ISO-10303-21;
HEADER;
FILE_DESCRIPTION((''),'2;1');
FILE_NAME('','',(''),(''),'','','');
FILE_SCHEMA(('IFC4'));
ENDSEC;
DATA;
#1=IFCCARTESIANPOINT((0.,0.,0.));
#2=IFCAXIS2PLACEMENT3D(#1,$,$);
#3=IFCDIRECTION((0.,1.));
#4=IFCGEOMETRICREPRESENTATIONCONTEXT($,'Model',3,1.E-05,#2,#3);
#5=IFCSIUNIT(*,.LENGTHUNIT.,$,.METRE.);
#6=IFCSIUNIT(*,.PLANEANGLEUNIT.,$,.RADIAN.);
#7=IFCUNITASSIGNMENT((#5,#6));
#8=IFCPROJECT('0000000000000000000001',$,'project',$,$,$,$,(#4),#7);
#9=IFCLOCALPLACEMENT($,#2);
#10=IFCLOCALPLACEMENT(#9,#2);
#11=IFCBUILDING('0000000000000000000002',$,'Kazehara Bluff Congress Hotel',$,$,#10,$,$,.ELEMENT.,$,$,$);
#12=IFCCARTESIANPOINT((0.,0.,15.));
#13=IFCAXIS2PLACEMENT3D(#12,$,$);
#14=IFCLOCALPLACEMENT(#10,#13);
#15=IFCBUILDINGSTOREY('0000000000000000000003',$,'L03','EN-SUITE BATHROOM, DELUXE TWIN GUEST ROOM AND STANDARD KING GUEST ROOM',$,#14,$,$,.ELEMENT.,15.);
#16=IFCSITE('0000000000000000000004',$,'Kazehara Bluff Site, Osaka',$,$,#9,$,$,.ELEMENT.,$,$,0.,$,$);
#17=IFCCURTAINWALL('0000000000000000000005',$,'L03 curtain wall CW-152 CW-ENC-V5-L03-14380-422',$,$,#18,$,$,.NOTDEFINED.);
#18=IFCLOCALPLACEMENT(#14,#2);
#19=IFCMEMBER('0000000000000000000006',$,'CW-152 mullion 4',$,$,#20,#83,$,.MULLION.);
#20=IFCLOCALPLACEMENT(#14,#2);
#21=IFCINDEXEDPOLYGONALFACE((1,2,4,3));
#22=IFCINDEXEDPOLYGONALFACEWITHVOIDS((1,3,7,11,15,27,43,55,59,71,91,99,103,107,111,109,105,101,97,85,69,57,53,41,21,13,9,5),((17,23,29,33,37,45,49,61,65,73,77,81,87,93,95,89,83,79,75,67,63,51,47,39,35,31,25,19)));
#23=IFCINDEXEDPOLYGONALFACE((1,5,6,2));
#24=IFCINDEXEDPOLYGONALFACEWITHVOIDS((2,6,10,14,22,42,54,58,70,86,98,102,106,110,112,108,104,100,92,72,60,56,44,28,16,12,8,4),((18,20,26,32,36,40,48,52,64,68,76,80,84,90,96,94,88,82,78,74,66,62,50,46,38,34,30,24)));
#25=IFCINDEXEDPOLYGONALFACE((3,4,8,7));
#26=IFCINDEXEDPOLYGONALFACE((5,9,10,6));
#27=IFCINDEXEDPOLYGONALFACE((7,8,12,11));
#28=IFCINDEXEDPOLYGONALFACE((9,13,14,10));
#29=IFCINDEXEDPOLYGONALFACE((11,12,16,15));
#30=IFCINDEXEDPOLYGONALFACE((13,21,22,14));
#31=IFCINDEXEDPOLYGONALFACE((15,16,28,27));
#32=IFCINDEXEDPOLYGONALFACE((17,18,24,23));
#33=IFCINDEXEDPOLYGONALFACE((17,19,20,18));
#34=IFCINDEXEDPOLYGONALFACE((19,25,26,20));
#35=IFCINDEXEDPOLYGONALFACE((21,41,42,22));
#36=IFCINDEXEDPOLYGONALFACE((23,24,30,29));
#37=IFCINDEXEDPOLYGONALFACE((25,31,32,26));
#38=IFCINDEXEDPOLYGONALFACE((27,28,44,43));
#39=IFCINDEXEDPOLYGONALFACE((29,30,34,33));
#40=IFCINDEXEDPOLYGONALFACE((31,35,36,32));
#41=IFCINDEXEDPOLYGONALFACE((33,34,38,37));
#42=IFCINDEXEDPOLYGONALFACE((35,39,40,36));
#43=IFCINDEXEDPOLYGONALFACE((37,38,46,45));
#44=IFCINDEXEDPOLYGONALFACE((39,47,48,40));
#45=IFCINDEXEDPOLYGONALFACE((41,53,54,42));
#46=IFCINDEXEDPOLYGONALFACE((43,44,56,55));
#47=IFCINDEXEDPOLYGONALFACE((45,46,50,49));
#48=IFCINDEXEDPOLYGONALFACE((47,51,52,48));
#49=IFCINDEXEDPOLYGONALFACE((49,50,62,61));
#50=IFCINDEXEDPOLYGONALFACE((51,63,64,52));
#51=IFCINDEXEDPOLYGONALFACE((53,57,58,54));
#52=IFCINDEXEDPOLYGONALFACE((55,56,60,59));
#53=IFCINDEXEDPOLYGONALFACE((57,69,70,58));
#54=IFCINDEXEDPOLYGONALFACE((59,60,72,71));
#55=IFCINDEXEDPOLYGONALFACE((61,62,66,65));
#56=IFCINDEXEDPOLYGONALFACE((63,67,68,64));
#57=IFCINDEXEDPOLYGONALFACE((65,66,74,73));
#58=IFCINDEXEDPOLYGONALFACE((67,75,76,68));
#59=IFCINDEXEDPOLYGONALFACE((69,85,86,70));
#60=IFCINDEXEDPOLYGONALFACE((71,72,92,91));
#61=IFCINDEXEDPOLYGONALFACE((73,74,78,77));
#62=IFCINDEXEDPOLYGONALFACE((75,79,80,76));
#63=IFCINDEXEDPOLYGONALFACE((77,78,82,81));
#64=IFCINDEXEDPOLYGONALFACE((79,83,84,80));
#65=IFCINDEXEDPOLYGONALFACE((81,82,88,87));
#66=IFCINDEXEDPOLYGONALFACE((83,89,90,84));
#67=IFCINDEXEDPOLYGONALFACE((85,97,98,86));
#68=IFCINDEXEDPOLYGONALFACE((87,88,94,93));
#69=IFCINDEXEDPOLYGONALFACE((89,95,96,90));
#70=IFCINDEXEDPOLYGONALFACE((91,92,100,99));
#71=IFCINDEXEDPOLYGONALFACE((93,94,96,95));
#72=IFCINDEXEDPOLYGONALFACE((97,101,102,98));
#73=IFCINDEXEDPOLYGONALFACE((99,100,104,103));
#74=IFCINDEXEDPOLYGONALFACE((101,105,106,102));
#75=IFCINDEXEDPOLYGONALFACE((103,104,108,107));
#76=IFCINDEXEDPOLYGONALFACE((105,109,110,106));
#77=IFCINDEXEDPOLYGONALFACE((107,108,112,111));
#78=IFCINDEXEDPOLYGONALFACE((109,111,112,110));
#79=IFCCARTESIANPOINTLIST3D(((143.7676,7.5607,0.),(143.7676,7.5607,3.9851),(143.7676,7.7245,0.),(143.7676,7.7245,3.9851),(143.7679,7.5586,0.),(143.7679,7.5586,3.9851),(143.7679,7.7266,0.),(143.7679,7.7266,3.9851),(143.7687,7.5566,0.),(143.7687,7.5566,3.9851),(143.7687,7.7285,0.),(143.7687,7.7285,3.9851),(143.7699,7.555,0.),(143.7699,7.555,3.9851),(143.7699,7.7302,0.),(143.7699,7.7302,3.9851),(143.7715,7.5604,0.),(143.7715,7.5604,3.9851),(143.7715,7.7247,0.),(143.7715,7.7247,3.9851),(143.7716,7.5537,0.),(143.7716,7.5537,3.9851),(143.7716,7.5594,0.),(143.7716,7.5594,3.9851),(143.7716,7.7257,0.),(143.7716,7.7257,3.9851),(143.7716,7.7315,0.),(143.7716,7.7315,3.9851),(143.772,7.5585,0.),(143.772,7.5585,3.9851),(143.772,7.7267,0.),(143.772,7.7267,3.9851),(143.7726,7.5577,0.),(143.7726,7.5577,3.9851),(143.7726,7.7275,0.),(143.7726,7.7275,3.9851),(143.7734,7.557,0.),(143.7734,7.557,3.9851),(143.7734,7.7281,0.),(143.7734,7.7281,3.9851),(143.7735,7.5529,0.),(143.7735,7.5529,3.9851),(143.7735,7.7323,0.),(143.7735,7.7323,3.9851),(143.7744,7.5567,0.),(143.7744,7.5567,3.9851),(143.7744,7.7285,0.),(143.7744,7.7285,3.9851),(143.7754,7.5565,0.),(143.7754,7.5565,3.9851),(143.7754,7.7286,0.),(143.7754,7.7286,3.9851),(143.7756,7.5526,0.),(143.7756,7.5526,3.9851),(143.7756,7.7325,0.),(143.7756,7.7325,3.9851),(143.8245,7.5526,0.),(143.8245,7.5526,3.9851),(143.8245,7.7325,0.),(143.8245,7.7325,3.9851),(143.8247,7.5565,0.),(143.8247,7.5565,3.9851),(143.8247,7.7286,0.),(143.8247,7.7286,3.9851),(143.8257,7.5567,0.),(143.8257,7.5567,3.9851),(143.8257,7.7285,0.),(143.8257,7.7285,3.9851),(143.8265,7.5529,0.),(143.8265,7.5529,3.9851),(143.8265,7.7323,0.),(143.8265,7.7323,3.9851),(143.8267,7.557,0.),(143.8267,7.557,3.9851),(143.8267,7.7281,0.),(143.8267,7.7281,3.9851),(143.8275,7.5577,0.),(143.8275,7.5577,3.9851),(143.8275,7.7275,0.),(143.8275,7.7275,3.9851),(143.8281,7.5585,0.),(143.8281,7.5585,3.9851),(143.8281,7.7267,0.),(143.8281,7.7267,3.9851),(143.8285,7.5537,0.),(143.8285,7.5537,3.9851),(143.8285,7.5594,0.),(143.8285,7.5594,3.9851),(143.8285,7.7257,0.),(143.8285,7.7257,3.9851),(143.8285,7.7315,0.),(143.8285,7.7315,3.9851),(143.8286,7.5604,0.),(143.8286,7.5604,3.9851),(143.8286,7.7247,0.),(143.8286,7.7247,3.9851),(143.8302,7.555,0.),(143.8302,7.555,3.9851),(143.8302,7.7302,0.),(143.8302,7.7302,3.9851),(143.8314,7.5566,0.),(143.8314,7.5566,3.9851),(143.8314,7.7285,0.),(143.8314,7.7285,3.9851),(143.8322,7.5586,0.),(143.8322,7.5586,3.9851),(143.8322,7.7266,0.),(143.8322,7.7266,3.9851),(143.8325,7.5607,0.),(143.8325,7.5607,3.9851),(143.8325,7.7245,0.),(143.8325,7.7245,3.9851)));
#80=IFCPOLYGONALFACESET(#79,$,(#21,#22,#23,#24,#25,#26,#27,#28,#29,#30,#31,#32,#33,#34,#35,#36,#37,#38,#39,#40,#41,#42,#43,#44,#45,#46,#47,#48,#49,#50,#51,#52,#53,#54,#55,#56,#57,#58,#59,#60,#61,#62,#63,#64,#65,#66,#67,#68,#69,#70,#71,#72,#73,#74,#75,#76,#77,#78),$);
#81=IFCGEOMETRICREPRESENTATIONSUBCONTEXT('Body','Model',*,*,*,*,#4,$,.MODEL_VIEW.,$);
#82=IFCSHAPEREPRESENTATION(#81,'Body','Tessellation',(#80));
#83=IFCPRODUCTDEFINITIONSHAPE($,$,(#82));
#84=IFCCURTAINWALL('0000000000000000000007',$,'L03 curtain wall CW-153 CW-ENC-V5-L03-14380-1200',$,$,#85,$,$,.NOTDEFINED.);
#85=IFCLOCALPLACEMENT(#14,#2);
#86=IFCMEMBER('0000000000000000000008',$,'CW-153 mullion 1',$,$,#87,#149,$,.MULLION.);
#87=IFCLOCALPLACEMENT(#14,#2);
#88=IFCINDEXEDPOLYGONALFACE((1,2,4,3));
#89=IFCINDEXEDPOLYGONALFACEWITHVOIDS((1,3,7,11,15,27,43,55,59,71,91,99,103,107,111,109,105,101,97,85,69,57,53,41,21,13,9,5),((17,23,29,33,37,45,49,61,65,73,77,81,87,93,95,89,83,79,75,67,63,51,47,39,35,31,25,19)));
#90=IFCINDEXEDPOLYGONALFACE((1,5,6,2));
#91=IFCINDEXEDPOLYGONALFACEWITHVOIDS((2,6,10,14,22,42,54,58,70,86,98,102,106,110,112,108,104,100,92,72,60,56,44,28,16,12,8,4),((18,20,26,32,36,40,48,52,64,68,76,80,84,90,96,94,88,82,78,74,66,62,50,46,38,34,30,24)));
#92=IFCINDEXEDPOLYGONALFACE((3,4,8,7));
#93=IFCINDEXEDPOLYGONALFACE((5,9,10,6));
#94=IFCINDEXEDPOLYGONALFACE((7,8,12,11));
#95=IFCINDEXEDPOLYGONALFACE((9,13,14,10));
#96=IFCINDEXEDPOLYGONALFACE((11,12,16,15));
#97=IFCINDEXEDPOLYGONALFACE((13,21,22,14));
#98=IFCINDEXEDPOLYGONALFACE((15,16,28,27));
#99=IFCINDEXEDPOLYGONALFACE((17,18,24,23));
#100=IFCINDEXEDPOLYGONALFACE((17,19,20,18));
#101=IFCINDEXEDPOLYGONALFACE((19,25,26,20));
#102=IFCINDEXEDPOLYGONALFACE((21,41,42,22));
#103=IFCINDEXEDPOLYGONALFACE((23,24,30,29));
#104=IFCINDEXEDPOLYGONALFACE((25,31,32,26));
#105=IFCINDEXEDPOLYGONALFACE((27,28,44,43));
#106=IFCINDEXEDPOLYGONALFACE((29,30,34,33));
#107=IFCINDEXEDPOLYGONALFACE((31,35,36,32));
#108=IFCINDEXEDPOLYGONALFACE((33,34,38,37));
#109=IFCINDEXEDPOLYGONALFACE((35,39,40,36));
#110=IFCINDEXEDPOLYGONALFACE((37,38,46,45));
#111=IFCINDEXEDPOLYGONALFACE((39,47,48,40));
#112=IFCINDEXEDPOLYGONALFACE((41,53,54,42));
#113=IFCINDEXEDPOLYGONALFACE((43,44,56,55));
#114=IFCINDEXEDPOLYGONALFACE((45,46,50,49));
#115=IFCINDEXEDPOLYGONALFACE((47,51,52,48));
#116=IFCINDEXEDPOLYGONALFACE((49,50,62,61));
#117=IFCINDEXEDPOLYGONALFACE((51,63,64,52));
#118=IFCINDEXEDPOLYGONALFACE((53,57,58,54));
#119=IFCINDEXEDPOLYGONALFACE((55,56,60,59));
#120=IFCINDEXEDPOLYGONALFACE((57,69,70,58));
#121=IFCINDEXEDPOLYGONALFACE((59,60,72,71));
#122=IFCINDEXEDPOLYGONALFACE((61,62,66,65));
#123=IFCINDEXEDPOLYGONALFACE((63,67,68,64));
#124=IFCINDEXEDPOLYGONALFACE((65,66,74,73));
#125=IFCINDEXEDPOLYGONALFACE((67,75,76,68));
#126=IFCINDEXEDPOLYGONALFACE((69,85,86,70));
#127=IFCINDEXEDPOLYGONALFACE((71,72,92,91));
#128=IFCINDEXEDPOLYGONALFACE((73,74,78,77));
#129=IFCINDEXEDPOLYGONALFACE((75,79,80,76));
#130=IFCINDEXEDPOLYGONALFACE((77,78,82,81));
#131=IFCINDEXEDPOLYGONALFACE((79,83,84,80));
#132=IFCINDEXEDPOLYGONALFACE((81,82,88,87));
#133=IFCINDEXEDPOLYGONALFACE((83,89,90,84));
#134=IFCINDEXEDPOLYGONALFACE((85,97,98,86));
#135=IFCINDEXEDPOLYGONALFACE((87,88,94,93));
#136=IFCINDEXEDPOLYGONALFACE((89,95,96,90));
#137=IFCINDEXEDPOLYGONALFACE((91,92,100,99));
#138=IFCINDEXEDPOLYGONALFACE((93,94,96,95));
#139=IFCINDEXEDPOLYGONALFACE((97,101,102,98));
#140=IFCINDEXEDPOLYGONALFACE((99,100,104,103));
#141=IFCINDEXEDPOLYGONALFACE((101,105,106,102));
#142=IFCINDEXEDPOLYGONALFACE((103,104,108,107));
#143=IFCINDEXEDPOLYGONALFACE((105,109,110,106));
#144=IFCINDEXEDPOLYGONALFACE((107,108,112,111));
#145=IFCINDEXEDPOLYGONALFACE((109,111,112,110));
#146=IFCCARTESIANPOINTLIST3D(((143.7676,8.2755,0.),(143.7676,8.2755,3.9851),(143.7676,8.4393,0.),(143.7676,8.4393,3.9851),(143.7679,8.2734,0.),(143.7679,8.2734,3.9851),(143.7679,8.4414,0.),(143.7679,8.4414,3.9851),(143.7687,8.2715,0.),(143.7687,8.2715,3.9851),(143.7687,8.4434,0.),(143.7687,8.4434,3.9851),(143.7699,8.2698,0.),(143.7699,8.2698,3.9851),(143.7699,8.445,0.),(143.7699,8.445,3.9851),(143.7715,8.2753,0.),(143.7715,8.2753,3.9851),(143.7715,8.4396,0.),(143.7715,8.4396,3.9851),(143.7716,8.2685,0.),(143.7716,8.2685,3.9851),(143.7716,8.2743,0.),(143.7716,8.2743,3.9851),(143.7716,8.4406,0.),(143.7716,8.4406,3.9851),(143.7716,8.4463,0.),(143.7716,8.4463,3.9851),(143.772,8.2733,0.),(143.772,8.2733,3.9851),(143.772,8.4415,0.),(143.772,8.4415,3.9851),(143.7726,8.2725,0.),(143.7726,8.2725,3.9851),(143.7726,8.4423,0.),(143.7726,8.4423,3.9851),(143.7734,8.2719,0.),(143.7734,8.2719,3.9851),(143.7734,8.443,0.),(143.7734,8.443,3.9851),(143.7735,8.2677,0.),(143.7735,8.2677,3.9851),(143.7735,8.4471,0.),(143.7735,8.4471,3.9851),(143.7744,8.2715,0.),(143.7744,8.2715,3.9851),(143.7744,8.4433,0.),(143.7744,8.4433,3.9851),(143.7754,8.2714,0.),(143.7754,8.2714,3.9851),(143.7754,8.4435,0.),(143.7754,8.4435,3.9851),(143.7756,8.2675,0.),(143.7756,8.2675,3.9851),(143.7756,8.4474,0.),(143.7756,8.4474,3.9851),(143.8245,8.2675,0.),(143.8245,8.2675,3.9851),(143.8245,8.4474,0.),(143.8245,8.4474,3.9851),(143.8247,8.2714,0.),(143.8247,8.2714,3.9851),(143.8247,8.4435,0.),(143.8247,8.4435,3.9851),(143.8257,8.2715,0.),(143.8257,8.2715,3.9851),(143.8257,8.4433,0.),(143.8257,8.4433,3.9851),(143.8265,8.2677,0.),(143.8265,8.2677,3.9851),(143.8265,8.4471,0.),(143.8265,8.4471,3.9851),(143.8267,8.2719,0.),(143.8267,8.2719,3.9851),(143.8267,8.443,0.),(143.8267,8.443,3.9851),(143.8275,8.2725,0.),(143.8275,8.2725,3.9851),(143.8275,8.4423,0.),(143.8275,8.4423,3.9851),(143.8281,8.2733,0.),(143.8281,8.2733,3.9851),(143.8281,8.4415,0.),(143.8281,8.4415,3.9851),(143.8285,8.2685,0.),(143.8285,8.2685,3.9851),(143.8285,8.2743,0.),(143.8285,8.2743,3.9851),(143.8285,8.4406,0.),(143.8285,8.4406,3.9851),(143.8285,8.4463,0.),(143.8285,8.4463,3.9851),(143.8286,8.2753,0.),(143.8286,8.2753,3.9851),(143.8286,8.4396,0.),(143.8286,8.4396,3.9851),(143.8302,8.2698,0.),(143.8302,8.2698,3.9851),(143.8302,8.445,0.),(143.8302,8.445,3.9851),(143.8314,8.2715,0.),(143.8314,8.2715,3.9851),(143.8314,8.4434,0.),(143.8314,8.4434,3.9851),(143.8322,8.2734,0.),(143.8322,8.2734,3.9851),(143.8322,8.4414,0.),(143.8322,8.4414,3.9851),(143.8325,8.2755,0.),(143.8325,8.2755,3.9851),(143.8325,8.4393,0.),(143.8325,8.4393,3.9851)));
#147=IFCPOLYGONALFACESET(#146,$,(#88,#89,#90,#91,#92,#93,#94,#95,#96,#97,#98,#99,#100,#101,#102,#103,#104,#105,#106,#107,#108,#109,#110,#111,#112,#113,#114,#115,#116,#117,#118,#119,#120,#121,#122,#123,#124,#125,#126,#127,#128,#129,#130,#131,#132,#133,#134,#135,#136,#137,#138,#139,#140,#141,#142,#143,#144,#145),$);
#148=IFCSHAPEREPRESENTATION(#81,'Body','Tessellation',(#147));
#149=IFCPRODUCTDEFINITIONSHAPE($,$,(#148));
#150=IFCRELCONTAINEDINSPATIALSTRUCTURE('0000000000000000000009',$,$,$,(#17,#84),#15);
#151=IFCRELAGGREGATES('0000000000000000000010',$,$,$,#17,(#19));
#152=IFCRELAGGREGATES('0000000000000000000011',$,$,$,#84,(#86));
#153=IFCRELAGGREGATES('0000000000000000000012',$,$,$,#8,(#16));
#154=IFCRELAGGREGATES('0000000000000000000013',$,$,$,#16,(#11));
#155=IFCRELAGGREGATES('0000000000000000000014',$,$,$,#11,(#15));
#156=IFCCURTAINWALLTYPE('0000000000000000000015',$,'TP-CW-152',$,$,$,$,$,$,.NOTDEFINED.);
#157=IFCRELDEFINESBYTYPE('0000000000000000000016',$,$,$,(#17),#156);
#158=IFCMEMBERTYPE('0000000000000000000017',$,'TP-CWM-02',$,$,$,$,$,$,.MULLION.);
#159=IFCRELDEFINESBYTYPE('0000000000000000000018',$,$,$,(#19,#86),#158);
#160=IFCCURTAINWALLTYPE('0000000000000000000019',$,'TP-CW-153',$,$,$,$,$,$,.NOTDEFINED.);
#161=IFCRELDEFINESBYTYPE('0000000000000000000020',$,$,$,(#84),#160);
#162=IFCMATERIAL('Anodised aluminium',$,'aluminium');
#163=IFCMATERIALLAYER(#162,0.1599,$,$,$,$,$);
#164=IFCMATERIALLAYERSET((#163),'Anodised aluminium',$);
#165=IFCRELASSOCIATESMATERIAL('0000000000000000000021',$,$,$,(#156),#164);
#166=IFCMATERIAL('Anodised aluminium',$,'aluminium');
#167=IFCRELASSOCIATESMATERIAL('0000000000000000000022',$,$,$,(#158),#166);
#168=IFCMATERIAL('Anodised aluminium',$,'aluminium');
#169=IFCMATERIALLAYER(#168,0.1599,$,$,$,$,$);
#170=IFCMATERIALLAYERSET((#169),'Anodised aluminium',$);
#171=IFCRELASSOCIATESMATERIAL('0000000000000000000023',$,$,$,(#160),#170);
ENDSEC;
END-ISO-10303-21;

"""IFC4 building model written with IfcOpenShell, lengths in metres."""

from ifc_helpers import new_model, si_unit, direction, frame, origin, origin_2d, place, context, subcontext, project, spatial, hollow_rectangle, extrude, material, layer, layer_set, material_profile, profile_set, type_object, element, aggregate, save


model = new_model("IFC4")

# Units and contexts
model_context = context("Model", 3, precision=1e-05, world=origin(), true_north=direction((0.0, 1.0)))
body_context = subcontext(model_context, "Body", "Model", "MODEL_VIEW")
ifc_project = project(units=[si_unit("LENGTHUNIT", "METRE"), si_unit("PLANEANGLEUNIT", "RADIAN")], contexts=[model_context])

# Site, building, storey
site_placement = place(None, origin())
site = spatial("IfcSite", under=ifc_project, at=site_placement, Name="Kazehara Bluff Site, Osaka", CompositionType="ELEMENT", RefElevation=0.0)
building_placement = place(site_placement, origin())
building = spatial("IfcBuilding", under=site, at=building_placement, Name="Kazehara Bluff Congress Hotel", CompositionType="ELEMENT")
storey_placement = place(building_placement, frame((0.0, 0.0, 15.0)))
storey = spatial("IfcBuildingStorey", under=building, at=storey_placement, Name="L03", Description="EN-SUITE BATHROOM, DELUXE TWIN GUEST ROOM AND STANDARD KING GUEST ROOM", CompositionType="ELEMENT", Elevation=15.0)

# Curtain wall, member
ifc_material_1 = material(Name="Anodised aluminium", Category="aluminium")
ifc_layer_1 = layer(ifc_material_1, 0.1599)
ifc_layer_set_1 = layer_set([ifc_layer_1], Name="Anodised aluminium")
curtain_wall_type_1 = type_object("IfcCurtainWallType", Name="TP-CW-152", PredefinedType="NOTDEFINED", material=ifc_layer_set_1)
curtain_wall_1_placement = place(storey_placement, origin())
curtain_wall_1 = element("IfcCurtainWall", 1, at=curtain_wall_1_placement, inside=storey, type_object=curtain_wall_type_1, Name="L03 curtain wall CW-152 CW-ENC-V5-L03-14380-422", PredefinedType="NOTDEFINED")
ifc_material_2 = material(Name="Anodised aluminium", Category="aluminium")
ifc_material_profile_1 = material_profile(ifc_material_2, hollow_rectangle(XDim=0.0649, YDim=0.1799, WallThickness=0.0039, InnerFilletRadius=0.0039, OuterFilletRadius=0.0081, at=origin_2d()))
ifc_profile_set_1 = profile_set([ifc_material_profile_1], Name="Anodised aluminium")
member_type_1 = type_object("IfcMemberType", Name="TP-CWM-02", PredefinedType="MULLION", material=ifc_profile_set_1)
member_1_placement = place(storey_placement, frame((143.8, 7.6426, 0.0), z_axis=(0.0, 0.0, 1.0), x_axis=(-1.0, 0.0, 0.0)))
member_1 = element("IfcMember", 2, at=member_1_placement, type_object=member_type_1, Name="CW-152 mullion 4", PredefinedType="MULLION", context=body_context, shape_type="SweptSolid", body=[
    extrude(hollow_rectangle(XDim=0.0649, YDim=0.1799, WallThickness=0.0039, InnerFilletRadius=0.0039, OuterFilletRadius=0.0081, at=origin_2d()), origin(), (0.0, 0.0, 1.0), 3.9851),
])
aggregate(curtain_wall_1, [member_1])

# Curtain wall, member
ifc_material_3 = material(Name="Anodised aluminium", Category="aluminium")
ifc_layer_2 = layer(ifc_material_3, 0.1599)
ifc_layer_set_2 = layer_set([ifc_layer_2], Name="Anodised aluminium")
curtain_wall_type_2 = type_object("IfcCurtainWallType", Name="TP-CW-153", PredefinedType="NOTDEFINED", material=ifc_layer_set_2)
curtain_wall_2_placement = place(storey_placement, origin())
curtain_wall_2 = element("IfcCurtainWall", 3, at=curtain_wall_2_placement, inside=storey, type_object=curtain_wall_type_2, Name="L03 curtain wall CW-153 CW-ENC-V5-L03-14380-1200", PredefinedType="NOTDEFINED")
member_2_placement = place(storey_placement, frame((143.8, 8.3574, 0.0), z_axis=(0.0, 0.0, 1.0), x_axis=(-1.0, 0.0, 0.0)))
member_2 = element("IfcMember", 4, at=member_2_placement, type_object=member_type_1, Name="CW-153 mullion 1", PredefinedType="MULLION", context=body_context, shape_type="SweptSolid", body=[
    extrude(hollow_rectangle(XDim=0.0649, YDim=0.1799, WallThickness=0.0039, InnerFilletRadius=0.0039, OuterFilletRadius=0.0081, at=origin_2d()), origin(), (0.0, 0.0, 1.0), 3.9851),
])

aggregate(curtain_wall_2, [member_2])

save(model, "model.ifc")
